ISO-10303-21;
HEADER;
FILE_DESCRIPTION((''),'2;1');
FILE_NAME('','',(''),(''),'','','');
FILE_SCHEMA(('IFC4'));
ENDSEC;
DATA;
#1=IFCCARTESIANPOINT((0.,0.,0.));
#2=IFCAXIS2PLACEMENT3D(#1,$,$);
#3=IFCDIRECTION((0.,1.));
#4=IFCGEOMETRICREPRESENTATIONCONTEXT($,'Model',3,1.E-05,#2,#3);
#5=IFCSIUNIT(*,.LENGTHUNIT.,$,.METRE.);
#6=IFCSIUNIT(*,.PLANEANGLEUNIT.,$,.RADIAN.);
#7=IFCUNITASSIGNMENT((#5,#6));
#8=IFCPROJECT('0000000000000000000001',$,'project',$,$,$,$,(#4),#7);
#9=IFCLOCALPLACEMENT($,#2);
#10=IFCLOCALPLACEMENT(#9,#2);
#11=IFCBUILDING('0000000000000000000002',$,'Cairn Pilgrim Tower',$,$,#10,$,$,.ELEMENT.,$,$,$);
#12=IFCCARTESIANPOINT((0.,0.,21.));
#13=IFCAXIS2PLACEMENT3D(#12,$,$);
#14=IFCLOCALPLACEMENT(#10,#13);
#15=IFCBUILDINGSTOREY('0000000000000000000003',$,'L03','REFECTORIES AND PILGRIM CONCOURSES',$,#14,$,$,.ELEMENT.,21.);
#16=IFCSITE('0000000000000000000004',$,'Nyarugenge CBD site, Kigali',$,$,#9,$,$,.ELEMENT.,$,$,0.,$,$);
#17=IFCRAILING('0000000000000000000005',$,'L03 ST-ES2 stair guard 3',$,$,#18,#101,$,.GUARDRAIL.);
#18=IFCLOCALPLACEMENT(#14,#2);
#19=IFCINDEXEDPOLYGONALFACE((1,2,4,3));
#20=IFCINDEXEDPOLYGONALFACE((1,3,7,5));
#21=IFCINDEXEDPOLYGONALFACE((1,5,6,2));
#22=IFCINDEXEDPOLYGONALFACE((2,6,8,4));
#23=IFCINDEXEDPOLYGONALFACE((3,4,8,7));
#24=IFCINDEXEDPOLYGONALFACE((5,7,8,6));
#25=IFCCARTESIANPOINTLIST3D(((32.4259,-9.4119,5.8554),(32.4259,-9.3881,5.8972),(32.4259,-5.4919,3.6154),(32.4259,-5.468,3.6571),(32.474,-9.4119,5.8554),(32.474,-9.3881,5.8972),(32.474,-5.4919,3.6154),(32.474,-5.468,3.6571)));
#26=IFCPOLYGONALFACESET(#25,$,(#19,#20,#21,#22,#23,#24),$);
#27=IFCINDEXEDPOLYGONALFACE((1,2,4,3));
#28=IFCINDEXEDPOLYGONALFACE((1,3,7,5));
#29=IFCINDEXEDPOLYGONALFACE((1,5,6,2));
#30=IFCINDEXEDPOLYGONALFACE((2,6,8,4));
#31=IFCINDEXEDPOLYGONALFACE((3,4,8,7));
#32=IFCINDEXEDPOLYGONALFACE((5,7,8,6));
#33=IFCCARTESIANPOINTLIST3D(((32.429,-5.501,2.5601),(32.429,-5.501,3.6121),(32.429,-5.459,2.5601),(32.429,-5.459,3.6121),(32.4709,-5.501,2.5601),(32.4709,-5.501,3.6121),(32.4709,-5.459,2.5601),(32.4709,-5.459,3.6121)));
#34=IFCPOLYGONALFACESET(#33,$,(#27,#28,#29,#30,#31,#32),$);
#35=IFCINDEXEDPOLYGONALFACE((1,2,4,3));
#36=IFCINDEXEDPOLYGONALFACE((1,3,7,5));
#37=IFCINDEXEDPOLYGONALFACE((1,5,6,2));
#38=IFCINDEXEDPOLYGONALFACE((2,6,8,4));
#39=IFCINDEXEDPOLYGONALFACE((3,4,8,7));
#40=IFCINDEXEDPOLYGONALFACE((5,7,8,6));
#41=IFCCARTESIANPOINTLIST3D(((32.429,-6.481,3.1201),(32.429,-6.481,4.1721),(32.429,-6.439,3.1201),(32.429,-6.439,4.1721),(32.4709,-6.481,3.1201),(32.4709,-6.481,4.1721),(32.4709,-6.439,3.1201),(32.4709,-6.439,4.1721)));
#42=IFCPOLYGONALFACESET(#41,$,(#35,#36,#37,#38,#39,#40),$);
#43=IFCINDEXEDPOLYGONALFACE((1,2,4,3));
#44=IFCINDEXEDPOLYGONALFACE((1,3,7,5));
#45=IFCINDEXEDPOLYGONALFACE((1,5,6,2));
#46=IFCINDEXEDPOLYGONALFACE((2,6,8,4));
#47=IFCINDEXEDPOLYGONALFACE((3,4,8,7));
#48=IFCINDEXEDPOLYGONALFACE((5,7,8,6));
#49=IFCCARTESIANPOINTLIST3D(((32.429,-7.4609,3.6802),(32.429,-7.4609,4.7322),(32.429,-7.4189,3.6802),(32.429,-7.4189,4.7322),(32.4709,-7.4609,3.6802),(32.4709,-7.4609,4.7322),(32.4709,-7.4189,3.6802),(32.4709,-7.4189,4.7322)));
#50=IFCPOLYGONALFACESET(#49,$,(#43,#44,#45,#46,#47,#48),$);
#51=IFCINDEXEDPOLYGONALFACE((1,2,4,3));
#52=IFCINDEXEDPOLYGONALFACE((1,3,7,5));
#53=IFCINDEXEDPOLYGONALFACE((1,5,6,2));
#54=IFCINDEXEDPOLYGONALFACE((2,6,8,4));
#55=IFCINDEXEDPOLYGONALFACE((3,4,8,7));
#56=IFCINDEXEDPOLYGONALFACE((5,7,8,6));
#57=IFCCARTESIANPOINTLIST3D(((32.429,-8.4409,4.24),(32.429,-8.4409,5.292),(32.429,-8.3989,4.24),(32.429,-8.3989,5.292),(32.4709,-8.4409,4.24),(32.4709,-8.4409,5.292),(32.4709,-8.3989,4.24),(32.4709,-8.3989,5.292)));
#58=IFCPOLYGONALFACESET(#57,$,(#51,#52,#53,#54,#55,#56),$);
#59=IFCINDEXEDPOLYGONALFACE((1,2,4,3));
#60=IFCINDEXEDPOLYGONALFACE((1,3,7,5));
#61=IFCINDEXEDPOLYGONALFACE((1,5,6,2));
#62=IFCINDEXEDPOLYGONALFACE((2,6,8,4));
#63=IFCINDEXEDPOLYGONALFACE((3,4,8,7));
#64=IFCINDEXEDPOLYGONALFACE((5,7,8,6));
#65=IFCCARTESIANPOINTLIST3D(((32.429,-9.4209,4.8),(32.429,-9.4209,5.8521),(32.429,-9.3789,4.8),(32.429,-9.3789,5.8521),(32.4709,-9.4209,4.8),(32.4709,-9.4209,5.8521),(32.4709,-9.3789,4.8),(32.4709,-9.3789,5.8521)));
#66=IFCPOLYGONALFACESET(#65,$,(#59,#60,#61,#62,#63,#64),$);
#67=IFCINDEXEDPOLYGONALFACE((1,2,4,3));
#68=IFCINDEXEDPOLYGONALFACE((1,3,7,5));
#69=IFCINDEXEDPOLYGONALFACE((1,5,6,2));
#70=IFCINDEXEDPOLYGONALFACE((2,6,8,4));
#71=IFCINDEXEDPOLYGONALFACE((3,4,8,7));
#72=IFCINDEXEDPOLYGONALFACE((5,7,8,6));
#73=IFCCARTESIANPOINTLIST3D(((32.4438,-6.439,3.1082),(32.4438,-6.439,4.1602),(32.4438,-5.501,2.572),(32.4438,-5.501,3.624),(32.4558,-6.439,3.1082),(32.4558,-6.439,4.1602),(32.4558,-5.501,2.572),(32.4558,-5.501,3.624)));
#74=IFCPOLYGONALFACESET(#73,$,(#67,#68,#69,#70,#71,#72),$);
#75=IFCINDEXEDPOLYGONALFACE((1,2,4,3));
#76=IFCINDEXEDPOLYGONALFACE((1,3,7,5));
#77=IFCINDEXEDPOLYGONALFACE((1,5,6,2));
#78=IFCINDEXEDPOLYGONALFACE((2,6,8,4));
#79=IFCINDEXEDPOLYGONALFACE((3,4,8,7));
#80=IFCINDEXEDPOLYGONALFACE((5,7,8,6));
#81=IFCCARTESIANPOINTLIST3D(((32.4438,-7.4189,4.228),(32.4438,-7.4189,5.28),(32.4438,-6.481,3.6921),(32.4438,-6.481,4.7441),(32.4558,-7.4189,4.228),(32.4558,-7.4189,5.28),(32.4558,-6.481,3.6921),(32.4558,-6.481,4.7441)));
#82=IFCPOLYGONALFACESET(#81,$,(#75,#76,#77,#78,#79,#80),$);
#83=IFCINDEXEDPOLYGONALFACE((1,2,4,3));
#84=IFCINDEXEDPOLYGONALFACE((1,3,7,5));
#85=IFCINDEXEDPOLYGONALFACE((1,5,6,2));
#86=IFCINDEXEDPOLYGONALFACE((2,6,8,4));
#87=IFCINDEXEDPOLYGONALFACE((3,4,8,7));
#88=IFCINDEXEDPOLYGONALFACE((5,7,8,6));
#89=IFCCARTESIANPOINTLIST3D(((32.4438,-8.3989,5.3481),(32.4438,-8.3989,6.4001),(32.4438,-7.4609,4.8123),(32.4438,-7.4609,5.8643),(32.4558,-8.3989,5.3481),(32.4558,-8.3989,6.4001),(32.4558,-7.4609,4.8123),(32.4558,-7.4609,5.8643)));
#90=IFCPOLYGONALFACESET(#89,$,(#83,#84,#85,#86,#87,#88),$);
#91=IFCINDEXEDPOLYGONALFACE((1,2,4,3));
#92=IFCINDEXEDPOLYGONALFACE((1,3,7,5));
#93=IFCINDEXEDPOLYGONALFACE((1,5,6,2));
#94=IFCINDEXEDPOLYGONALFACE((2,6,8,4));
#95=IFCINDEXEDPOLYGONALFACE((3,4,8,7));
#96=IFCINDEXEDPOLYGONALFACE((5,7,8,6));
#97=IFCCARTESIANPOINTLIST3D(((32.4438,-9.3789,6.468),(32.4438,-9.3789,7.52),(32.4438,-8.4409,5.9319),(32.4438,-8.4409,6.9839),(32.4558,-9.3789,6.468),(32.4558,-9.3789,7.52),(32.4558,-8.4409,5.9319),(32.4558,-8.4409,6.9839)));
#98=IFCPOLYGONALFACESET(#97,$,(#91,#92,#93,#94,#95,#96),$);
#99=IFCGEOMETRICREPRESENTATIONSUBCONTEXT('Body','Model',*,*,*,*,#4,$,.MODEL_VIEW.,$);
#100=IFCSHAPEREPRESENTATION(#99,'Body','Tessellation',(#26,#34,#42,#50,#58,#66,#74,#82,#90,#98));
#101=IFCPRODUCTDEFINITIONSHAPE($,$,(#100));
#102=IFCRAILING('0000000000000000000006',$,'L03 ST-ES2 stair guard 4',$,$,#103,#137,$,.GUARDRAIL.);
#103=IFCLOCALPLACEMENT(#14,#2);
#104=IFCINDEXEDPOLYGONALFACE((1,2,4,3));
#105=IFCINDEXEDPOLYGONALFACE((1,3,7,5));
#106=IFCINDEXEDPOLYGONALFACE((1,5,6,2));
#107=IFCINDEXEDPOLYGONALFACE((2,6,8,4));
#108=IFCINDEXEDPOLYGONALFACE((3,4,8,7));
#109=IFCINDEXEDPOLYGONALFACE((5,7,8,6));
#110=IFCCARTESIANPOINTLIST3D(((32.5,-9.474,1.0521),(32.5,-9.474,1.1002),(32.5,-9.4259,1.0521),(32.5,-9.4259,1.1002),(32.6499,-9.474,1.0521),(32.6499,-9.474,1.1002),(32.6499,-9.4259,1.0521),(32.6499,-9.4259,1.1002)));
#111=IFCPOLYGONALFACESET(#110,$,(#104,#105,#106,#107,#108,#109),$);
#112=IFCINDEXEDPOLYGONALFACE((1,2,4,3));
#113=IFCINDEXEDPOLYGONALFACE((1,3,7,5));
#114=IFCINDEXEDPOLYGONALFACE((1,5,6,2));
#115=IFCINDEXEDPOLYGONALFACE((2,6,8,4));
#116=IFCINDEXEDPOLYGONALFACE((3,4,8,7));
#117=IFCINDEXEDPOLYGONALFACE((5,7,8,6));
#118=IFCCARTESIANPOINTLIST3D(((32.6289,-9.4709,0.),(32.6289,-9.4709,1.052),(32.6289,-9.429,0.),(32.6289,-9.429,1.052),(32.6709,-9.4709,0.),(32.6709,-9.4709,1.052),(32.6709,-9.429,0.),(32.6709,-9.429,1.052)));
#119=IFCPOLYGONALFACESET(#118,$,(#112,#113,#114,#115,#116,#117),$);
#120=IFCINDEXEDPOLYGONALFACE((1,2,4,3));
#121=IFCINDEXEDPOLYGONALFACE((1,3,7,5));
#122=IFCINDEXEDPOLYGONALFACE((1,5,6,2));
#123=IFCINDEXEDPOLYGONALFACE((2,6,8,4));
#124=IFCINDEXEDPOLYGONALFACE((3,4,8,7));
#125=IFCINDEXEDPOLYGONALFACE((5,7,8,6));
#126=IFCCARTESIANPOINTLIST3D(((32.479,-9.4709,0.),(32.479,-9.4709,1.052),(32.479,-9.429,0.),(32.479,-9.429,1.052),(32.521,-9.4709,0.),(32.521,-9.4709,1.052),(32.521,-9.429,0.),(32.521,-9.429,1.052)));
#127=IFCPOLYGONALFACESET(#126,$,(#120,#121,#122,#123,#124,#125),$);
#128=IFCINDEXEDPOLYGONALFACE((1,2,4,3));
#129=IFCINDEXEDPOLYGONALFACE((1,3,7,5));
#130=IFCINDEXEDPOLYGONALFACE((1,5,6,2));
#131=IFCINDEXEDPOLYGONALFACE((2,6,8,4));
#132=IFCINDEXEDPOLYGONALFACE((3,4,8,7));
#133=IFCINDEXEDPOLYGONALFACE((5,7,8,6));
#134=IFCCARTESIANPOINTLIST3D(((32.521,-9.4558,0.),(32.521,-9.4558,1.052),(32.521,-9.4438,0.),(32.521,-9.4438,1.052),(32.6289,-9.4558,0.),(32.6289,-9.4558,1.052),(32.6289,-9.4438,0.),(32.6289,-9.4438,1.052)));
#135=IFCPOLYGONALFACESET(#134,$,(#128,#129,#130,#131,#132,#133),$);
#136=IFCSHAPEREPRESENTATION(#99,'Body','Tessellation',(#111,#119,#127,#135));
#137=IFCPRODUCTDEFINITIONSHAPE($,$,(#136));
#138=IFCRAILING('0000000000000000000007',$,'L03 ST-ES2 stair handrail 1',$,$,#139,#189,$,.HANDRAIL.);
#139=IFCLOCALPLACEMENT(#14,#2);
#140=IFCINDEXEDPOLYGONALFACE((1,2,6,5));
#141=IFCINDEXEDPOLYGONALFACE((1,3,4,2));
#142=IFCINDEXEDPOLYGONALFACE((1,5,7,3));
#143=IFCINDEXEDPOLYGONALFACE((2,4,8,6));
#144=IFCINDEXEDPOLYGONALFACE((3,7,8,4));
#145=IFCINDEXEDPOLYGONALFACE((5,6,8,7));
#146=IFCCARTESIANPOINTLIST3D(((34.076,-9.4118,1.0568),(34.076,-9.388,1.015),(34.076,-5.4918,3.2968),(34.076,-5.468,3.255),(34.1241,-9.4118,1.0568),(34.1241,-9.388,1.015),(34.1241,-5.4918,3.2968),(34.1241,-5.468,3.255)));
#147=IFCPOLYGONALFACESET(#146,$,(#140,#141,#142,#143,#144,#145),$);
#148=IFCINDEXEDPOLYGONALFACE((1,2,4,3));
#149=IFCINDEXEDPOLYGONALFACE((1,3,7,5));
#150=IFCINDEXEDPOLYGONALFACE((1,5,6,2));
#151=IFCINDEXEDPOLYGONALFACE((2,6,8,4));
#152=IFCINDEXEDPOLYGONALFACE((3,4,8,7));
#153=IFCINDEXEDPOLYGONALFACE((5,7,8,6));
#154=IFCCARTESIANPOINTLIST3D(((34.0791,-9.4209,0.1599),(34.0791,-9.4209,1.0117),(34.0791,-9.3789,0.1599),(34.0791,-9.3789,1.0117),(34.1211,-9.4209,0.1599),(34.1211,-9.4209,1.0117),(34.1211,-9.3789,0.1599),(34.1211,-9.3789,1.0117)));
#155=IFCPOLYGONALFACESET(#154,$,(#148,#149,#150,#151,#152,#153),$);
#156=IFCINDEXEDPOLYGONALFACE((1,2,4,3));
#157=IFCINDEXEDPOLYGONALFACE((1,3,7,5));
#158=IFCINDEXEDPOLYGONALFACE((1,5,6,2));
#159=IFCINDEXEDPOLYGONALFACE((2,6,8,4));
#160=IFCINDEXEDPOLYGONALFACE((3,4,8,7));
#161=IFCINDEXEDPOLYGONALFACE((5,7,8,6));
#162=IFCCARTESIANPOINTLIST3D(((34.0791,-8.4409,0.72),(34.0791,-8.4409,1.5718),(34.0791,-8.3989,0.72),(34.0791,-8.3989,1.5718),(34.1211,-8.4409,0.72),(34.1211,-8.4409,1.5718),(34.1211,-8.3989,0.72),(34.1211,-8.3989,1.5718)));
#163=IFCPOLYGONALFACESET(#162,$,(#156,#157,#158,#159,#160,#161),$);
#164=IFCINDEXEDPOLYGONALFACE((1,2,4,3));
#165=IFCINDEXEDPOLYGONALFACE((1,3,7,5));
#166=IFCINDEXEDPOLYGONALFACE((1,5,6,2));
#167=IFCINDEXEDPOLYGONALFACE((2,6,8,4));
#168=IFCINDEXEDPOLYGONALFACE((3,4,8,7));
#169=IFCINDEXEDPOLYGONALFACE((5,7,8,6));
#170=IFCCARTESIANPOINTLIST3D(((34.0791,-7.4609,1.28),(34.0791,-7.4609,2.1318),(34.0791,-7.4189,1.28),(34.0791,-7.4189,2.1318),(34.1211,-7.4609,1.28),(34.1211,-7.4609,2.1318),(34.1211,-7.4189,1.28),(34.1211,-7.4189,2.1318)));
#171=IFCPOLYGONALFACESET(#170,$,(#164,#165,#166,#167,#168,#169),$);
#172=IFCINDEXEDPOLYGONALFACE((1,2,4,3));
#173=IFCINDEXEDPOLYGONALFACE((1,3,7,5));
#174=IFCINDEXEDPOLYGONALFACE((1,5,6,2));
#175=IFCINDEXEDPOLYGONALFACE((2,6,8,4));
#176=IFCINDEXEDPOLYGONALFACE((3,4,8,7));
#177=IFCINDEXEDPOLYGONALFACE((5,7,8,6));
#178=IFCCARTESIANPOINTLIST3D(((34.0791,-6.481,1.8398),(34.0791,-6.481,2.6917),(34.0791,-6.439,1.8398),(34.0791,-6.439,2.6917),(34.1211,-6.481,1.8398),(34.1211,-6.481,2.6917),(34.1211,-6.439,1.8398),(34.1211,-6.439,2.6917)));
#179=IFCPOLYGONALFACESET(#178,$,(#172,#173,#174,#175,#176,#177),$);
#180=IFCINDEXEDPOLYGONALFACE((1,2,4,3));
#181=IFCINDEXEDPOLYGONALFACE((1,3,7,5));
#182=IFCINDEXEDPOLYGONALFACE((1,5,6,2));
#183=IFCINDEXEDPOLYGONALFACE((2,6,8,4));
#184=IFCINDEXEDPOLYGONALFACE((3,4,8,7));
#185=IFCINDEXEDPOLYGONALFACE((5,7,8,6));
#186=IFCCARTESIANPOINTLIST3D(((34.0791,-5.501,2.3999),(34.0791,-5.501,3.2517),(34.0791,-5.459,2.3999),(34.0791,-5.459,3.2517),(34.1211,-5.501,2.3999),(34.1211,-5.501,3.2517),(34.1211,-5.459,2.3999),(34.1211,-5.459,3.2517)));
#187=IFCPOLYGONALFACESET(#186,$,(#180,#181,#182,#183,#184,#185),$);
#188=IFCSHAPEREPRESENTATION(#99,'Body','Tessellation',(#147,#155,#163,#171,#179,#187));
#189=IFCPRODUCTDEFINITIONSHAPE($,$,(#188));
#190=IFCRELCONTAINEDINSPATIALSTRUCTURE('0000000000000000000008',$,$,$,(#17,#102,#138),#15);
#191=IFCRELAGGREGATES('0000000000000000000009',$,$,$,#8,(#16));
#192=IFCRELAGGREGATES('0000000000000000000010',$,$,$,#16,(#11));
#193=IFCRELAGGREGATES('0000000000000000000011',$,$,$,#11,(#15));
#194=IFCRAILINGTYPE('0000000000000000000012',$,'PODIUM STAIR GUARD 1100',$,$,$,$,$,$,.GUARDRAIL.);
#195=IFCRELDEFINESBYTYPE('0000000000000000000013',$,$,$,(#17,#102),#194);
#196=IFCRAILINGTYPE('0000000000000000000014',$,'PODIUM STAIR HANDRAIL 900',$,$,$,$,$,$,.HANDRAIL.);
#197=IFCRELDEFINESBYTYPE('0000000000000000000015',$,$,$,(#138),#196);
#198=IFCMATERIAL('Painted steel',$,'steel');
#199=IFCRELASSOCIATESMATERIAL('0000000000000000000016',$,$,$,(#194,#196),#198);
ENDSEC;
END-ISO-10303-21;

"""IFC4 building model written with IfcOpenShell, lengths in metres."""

from ifc_helpers import new_model, si_unit, direction, frame, origin, origin_2d, place, context, subcontext, project, spatial, polyline, rectangle, outline, extrude, material, type_object, element, save


model = new_model("IFC4")

# Units and contexts
model_context = context("Model", 3, precision=1e-05, world=origin(), true_north=direction((0.0, 1.0)))
body_context = subcontext(model_context, "Body", "Model", "MODEL_VIEW")
ifc_project = project(units=[si_unit("LENGTHUNIT", "METRE"), si_unit("PLANEANGLEUNIT", "RADIAN")], contexts=[model_context])

# Site, building, storey
site_placement = place(None, origin())
site = spatial("IfcSite", under=ifc_project, at=site_placement, Name="Nyarugenge CBD site, Kigali", CompositionType="ELEMENT", RefElevation=0.0)
building_placement = place(site_placement, origin())
building = spatial("IfcBuilding", under=site, at=building_placement, Name="Cairn Pilgrim Tower", CompositionType="ELEMENT")
storey_placement = place(building_placement, frame((0.0, 0.0, 21.0)))
storey = spatial("IfcBuildingStorey", under=building, at=storey_placement, Name="L03", Description="REFECTORIES AND PILGRIM CONCOURSES", CompositionType="ELEMENT", Elevation=21.0)

# Railings
ifc_material_1 = material(Name="Painted steel", Category="steel")
railing_type_1 = type_object("IfcRailingType", Name="PODIUM STAIR GUARD 1100", PredefinedType="GUARDRAIL", material=ifc_material_1)
railing_1_placement = place(storey_placement, frame((32.45, -5.48, 2.5601)))
element("IfcRailing", 1, at=railing_1_placement, inside=storey, type_object=railing_type_1, Name="L03 ST-ES2 stair guard 3", PredefinedType="GUARDRAIL", context=body_context, shape_type="SweptSolid", body=[
    extrude(rectangle(XDim=0.0481, YDim=0.0481, at=origin_2d()), frame((0.0, 0.0, 1.0762), z_axis=(0.0, -0.86824, 0.496145), x_axis=(1.0, 0.0, 0.0)), (0.0, 0.0, 1.0), 4.5149),
    extrude(rectangle(XDim=0.042, YDim=0.042, at=origin_2d()), origin(), (0.0, 0.0, 1.0), 1.052),
    extrude(rectangle(XDim=0.042, YDim=0.042, at=origin_2d()), frame((0.0, -0.98, 0.5601)), (0.0, 0.0, 1.0), 1.052),
    extrude(rectangle(XDim=0.042, YDim=0.042, at=origin_2d()), frame((0.0, -1.96, 1.1201)), (0.0, 0.0, 1.0), 1.052),
    extrude(rectangle(XDim=0.042, YDim=0.042, at=origin_2d()), frame((0.0, -2.9399, 1.6799)), (0.0, 0.0, 1.0), 1.052),
    extrude(rectangle(XDim=0.042, YDim=0.042, at=origin_2d()), frame((0.0, -3.9199, 2.24)), (0.0, 0.0, 1.0), 1.052),
    extrude(outline(polyline([(0.021, 0.012), (0.959, 0.5481), (0.959, 1.6001), (0.021, 1.064), (0.021, 0.012)])), frame((0.0059, 0.0, 0.0), z_axis=(-1.0, 0.0, 0.0), x_axis=(0.0, -1.0, 0.0)), (0.0, 0.0, 1.0), 0.012),
    extrude(outline(polyline([(0.021, 0.572), (0.959, 1.1079), (0.959, 2.1599), (0.021, 1.624), (0.021, 0.572)])), frame((0.0059, -0.98, 0.5601), z_axis=(-1.0, 0.0, 0.0), x_axis=(0.0, -1.0, 0.0)), (0.0, 0.0, 1.0), 0.012),
    extrude(outline(polyline([(0.021, 1.1321), (0.959, 1.668), (0.959, 2.72), (0.021, 2.1841), (0.021, 1.1321)])), frame((0.0059, -1.96, 1.1201), z_axis=(-1.0, 0.0, 0.0), x_axis=(0.0, -1.0, 0.0)), (0.0, 0.0, 1.0), 0.012),
    extrude(outline(polyline([(0.021, 1.6919), (0.959, 2.228), (0.959, 3.28), (0.021, 2.7439), (0.021, 1.6919)])), frame((0.0059, -2.9399, 1.6799), z_axis=(-1.0, 0.0, 0.0), x_axis=(0.0, -1.0, 0.0)), (0.0, 0.0, 1.0), 0.012),
])
railing_2_placement = place(storey_placement, frame((32.6499, -9.45, 0.0)))
element("IfcRailing", 2, at=railing_2_placement, inside=storey, type_object=railing_type_1, Name="L03 ST-ES2 stair guard 4", PredefinedType="GUARDRAIL", context=body_context, shape_type="SweptSolid", body=[
    extrude(rectangle(XDim=0.0481, YDim=0.0481, at=origin_2d()), frame((0.0, 0.0, 1.0762), z_axis=(-1.0, 0.0, 0.0), x_axis=(0.0, -1.0, 0.0)), (0.0, 0.0, 1.0), 0.1499),
    extrude(rectangle(XDim=0.042, YDim=0.042, at=origin_2d()), origin(), (0.0, 0.0, 1.0), 1.052),
    extrude(rectangle(XDim=0.042, YDim=0.042, at=origin_2d()), frame((-0.1499, 0.0, 0.0)), (0.0, 0.0, 1.0), 1.052),
    extrude(outline(polyline([(0.021, 0.0), (0.1289, 0.0), (0.1289, 1.052), (0.021, 1.052), (0.021, 0.0)])), frame((0.0, -0.0059, 0.0), z_axis=(0.0, 1.0, 0.0), x_axis=(-1.0, 0.0, 0.0)), (0.0, 0.0, 1.0), 0.012),
])
railing_type_2 = type_object("IfcRailingType", Name="PODIUM STAIR HANDRAIL 900", PredefinedType="HANDRAIL", material=ifc_material_1)
railing_3_placement = place(storey_placement, frame((34.1001, -9.3999, 0.1599)))
element("IfcRailing", 3, at=railing_3_placement, inside=storey, type_object=railing_type_2, Name="L03 ST-ES2 stair handrail 1", PredefinedType="HANDRAIL", context=body_context, shape_type="SweptSolid", body=[
    extrude(rectangle(XDim=0.0481, YDim=0.0481, at=origin_2d()), frame((0.0, 0.0, 0.876), z_axis=(0.0, 0.86824, 0.496145), x_axis=(-1.0, 0.0, 0.0)), (0.0, 0.0, 1.0), 4.5149),
    extrude(rectangle(XDim=0.042, YDim=0.042, at=origin_2d()), origin(), (0.0, 0.0, 1.0), 0.8518),
    extrude(rectangle(XDim=0.042, YDim=0.042, at=origin_2d()), frame((0.0, 0.98, 0.5601)), (0.0, 0.0, 1.0), 0.8518),
    extrude(rectangle(XDim=0.042, YDim=0.042, at=origin_2d()), frame((0.0, 1.96, 1.1201)), (0.0, 0.0, 1.0), 0.8518),
    extrude(rectangle(XDim=0.042, YDim=0.042, at=origin_2d()), frame((0.0, 2.9399, 1.6799)), (0.0, 0.0, 1.0), 0.8518),
    extrude(rectangle(XDim=0.042, YDim=0.042, at=origin_2d()), frame((0.0, 3.9199, 2.24)), (0.0, 0.0, 1.0), 0.8518),
])

save(model, "model.ifc")
